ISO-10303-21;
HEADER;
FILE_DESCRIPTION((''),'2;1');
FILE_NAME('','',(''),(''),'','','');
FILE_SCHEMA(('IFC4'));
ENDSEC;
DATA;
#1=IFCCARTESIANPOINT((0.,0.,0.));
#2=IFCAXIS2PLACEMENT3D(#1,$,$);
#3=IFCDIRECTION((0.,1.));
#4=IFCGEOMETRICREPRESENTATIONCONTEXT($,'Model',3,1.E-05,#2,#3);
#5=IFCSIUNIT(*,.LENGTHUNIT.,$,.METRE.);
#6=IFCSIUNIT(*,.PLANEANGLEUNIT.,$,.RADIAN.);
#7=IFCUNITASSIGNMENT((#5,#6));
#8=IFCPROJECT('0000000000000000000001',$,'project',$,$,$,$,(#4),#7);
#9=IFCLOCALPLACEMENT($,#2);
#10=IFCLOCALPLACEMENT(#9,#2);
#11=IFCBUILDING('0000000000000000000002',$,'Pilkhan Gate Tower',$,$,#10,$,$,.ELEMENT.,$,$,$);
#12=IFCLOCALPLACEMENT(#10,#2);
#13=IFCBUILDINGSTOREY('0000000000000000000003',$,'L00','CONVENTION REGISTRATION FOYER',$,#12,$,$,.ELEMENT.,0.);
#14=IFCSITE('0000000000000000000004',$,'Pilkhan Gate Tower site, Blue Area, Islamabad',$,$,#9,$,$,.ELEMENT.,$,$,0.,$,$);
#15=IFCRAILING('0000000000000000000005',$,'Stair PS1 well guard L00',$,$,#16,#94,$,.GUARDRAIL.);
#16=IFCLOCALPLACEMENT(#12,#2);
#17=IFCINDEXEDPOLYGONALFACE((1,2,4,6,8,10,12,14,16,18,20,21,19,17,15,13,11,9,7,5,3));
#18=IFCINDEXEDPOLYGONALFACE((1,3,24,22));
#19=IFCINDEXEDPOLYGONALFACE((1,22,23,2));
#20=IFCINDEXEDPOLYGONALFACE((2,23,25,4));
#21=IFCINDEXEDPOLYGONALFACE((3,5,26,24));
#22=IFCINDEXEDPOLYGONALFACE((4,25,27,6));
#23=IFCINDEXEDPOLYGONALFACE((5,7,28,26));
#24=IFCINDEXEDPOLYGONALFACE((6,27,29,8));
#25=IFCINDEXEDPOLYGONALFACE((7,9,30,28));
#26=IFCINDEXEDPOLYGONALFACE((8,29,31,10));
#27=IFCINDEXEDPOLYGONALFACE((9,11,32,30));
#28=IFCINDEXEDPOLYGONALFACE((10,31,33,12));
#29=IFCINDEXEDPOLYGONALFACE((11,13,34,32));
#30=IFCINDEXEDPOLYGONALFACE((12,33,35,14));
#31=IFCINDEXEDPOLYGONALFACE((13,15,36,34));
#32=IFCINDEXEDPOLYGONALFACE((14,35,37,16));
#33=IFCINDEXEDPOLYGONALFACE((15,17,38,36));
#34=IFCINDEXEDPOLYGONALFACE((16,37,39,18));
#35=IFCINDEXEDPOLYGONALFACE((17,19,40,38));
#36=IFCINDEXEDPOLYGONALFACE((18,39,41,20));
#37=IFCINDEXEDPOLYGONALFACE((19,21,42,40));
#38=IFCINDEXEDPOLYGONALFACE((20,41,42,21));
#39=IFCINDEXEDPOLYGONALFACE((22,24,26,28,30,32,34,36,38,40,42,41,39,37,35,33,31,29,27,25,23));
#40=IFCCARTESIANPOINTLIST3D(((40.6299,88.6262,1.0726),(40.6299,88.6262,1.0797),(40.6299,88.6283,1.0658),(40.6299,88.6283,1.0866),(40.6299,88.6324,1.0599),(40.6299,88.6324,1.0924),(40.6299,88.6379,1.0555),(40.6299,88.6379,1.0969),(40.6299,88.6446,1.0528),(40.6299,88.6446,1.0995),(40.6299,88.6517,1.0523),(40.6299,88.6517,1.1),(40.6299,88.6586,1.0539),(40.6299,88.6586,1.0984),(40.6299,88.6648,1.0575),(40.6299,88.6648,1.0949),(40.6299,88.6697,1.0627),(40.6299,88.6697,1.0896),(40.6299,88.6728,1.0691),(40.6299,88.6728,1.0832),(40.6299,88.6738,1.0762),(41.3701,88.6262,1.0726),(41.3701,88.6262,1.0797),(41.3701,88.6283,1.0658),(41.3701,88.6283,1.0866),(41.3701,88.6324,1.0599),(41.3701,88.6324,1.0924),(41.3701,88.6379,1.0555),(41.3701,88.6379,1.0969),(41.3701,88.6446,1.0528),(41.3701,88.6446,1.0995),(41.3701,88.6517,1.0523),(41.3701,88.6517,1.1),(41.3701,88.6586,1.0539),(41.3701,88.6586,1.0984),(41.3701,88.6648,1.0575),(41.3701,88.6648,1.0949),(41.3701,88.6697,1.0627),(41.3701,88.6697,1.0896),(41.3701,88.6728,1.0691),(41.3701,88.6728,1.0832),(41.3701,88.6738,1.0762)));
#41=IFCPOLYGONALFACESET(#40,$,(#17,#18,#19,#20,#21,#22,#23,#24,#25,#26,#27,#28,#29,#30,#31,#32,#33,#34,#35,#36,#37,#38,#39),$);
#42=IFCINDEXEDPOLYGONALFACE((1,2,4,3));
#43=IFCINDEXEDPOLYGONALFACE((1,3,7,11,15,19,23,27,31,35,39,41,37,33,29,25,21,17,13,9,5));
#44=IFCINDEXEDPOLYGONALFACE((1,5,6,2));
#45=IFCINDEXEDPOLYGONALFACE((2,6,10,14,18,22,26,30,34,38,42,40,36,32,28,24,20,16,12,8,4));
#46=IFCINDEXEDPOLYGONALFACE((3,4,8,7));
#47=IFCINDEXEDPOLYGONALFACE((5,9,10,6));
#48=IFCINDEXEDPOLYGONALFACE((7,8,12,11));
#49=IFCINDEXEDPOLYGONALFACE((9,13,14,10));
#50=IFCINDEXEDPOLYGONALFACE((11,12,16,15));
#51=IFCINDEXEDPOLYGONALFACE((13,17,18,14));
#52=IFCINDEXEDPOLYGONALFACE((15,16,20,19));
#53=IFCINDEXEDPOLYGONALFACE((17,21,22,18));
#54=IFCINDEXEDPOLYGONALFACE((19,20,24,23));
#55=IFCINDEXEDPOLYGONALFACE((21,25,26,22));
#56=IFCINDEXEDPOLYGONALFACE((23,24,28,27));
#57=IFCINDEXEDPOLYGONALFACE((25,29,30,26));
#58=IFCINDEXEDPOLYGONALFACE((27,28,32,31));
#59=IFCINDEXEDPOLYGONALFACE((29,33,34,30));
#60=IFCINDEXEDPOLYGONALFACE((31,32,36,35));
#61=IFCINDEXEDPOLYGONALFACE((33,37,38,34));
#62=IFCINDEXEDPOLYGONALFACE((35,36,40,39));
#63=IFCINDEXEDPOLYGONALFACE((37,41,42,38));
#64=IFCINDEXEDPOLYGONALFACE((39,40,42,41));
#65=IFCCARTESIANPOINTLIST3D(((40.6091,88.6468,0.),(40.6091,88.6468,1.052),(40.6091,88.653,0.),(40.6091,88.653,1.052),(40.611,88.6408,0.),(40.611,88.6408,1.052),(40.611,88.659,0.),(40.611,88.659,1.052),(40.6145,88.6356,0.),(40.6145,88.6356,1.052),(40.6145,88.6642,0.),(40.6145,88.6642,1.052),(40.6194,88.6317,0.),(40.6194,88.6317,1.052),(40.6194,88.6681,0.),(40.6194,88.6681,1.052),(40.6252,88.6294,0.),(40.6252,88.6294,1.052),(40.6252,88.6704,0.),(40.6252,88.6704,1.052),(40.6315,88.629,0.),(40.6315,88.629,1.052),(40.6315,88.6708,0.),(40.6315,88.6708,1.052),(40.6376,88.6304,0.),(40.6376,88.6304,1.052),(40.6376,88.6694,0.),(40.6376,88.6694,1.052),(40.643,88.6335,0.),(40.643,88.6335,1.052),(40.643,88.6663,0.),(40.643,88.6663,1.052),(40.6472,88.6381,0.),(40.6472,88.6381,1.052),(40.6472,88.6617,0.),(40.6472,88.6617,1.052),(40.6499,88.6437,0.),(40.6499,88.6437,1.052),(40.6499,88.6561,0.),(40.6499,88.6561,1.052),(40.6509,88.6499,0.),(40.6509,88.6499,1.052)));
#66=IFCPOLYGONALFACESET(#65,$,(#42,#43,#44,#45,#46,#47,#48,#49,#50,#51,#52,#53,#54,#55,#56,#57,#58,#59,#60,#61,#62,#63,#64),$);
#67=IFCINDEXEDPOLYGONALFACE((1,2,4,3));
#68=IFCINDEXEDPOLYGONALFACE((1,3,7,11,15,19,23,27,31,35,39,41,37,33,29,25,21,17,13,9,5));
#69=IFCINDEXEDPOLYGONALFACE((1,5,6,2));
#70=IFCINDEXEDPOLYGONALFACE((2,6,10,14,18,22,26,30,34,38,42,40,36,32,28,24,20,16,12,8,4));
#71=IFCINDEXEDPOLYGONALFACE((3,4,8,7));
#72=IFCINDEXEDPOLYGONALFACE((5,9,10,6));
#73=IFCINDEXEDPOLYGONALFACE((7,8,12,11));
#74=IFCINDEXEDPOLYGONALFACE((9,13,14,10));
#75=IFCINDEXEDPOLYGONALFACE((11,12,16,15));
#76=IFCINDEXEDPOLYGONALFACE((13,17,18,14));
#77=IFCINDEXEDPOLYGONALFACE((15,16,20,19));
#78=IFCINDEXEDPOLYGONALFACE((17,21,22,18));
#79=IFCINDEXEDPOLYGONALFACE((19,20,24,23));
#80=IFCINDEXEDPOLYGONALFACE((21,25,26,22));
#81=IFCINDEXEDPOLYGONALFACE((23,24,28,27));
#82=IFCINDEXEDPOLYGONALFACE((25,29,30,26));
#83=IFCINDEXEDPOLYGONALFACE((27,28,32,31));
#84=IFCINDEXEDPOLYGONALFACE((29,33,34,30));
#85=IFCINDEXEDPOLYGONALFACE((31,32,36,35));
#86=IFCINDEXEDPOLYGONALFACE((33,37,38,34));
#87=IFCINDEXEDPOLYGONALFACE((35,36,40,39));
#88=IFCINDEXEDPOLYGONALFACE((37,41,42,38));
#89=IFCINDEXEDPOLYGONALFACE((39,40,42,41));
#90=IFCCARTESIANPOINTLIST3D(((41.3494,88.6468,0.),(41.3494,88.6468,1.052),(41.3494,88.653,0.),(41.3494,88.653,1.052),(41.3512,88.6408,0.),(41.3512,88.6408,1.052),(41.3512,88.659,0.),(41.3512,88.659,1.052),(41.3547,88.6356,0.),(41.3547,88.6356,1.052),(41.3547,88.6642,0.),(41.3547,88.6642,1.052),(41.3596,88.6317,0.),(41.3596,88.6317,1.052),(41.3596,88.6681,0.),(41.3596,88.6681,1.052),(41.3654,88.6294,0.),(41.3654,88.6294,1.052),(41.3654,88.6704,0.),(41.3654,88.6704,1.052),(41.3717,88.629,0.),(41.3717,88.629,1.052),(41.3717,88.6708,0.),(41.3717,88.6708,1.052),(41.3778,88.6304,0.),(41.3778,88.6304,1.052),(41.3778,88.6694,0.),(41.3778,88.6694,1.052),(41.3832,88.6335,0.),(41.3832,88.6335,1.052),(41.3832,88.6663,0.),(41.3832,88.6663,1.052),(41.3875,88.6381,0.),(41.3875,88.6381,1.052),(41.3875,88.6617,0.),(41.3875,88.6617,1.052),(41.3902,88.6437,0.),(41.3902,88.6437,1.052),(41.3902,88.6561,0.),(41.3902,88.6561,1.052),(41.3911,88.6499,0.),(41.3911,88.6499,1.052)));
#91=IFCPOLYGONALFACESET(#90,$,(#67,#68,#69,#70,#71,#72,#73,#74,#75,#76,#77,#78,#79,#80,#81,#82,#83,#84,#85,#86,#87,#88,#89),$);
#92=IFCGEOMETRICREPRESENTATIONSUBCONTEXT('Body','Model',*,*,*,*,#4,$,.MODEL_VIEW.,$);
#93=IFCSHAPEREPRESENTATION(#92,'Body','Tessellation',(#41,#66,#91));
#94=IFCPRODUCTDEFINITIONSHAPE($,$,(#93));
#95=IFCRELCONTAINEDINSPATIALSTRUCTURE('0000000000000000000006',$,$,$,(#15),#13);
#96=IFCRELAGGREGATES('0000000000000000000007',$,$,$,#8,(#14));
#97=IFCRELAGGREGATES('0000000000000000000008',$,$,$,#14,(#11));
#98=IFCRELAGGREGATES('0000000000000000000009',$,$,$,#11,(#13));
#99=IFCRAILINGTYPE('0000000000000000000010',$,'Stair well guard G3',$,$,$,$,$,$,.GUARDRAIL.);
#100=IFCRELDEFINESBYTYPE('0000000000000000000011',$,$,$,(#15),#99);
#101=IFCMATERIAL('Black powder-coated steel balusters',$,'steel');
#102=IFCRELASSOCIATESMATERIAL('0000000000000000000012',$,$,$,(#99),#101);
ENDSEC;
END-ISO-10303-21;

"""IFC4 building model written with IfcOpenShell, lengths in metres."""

from ifc_helpers import new_model, si_unit, direction, frame, origin, origin_2d, place, context, subcontext, project, spatial, circle, extrude, material, type_object, element, save


model = new_model("IFC4")

# Units and contexts
model_context = context("Model", 3, precision=1e-05, world=origin(), true_north=direction((0.0, 1.0)))
body_context = subcontext(model_context, "Body", "Model", "MODEL_VIEW")
ifc_project = project(units=[si_unit("LENGTHUNIT", "METRE"), si_unit("PLANEANGLEUNIT", "RADIAN")], contexts=[model_context])

# Site, building, storey
site_placement = place(None, origin())
site = spatial("IfcSite", under=ifc_project, at=site_placement, Name="Pilkhan Gate Tower site, Blue Area, Islamabad", CompositionType="ELEMENT", RefElevation=0.0)
building_placement = place(site_placement, origin())
building = spatial("IfcBuilding", under=site, at=building_placement, Name="Pilkhan Gate Tower", CompositionType="ELEMENT")
storey_placement = place(building_placement, origin())
storey = spatial("IfcBuildingStorey", under=building, at=storey_placement, Name="L00", Description="CONVENTION REGISTRATION FOYER", CompositionType="ELEMENT", Elevation=0.0)

# Railing
ifc_material_1 = material(Name="Black powder-coated steel balusters", Category="steel")
railing_type_1 = type_object("IfcRailingType", Name="Stair well guard G3", PredefinedType="GUARDRAIL", material=ifc_material_1)
railing_1_placement = place(storey_placement, frame((40.6299, 88.6499, 0.0)))
element("IfcRailing", 1, at=railing_1_placement, inside=storey, type_object=railing_type_1, Name="Stair PS1 well guard L00", PredefinedType="GUARDRAIL", context=body_context, shape_type="SweptSolid", body=[
    extrude(circle(Radius=0.0239, at=origin_2d()), frame((0.0, 0.0, 1.0762), z_axis=(1.0, 0.0, 0.0), x_axis=(0.0, 1.0, 0.0)), (0.0, 0.0, 1.0), 0.7402),
    extrude(circle(Radius=0.021, at=origin_2d()), origin(), (0.0, 0.0, 1.0), 1.052),
    extrude(circle(Radius=0.021, at=origin_2d()), frame((0.7402, 0.0, 0.0)), (0.0, 0.0, 1.0), 1.052),
])

save(model, "model.ifc")
